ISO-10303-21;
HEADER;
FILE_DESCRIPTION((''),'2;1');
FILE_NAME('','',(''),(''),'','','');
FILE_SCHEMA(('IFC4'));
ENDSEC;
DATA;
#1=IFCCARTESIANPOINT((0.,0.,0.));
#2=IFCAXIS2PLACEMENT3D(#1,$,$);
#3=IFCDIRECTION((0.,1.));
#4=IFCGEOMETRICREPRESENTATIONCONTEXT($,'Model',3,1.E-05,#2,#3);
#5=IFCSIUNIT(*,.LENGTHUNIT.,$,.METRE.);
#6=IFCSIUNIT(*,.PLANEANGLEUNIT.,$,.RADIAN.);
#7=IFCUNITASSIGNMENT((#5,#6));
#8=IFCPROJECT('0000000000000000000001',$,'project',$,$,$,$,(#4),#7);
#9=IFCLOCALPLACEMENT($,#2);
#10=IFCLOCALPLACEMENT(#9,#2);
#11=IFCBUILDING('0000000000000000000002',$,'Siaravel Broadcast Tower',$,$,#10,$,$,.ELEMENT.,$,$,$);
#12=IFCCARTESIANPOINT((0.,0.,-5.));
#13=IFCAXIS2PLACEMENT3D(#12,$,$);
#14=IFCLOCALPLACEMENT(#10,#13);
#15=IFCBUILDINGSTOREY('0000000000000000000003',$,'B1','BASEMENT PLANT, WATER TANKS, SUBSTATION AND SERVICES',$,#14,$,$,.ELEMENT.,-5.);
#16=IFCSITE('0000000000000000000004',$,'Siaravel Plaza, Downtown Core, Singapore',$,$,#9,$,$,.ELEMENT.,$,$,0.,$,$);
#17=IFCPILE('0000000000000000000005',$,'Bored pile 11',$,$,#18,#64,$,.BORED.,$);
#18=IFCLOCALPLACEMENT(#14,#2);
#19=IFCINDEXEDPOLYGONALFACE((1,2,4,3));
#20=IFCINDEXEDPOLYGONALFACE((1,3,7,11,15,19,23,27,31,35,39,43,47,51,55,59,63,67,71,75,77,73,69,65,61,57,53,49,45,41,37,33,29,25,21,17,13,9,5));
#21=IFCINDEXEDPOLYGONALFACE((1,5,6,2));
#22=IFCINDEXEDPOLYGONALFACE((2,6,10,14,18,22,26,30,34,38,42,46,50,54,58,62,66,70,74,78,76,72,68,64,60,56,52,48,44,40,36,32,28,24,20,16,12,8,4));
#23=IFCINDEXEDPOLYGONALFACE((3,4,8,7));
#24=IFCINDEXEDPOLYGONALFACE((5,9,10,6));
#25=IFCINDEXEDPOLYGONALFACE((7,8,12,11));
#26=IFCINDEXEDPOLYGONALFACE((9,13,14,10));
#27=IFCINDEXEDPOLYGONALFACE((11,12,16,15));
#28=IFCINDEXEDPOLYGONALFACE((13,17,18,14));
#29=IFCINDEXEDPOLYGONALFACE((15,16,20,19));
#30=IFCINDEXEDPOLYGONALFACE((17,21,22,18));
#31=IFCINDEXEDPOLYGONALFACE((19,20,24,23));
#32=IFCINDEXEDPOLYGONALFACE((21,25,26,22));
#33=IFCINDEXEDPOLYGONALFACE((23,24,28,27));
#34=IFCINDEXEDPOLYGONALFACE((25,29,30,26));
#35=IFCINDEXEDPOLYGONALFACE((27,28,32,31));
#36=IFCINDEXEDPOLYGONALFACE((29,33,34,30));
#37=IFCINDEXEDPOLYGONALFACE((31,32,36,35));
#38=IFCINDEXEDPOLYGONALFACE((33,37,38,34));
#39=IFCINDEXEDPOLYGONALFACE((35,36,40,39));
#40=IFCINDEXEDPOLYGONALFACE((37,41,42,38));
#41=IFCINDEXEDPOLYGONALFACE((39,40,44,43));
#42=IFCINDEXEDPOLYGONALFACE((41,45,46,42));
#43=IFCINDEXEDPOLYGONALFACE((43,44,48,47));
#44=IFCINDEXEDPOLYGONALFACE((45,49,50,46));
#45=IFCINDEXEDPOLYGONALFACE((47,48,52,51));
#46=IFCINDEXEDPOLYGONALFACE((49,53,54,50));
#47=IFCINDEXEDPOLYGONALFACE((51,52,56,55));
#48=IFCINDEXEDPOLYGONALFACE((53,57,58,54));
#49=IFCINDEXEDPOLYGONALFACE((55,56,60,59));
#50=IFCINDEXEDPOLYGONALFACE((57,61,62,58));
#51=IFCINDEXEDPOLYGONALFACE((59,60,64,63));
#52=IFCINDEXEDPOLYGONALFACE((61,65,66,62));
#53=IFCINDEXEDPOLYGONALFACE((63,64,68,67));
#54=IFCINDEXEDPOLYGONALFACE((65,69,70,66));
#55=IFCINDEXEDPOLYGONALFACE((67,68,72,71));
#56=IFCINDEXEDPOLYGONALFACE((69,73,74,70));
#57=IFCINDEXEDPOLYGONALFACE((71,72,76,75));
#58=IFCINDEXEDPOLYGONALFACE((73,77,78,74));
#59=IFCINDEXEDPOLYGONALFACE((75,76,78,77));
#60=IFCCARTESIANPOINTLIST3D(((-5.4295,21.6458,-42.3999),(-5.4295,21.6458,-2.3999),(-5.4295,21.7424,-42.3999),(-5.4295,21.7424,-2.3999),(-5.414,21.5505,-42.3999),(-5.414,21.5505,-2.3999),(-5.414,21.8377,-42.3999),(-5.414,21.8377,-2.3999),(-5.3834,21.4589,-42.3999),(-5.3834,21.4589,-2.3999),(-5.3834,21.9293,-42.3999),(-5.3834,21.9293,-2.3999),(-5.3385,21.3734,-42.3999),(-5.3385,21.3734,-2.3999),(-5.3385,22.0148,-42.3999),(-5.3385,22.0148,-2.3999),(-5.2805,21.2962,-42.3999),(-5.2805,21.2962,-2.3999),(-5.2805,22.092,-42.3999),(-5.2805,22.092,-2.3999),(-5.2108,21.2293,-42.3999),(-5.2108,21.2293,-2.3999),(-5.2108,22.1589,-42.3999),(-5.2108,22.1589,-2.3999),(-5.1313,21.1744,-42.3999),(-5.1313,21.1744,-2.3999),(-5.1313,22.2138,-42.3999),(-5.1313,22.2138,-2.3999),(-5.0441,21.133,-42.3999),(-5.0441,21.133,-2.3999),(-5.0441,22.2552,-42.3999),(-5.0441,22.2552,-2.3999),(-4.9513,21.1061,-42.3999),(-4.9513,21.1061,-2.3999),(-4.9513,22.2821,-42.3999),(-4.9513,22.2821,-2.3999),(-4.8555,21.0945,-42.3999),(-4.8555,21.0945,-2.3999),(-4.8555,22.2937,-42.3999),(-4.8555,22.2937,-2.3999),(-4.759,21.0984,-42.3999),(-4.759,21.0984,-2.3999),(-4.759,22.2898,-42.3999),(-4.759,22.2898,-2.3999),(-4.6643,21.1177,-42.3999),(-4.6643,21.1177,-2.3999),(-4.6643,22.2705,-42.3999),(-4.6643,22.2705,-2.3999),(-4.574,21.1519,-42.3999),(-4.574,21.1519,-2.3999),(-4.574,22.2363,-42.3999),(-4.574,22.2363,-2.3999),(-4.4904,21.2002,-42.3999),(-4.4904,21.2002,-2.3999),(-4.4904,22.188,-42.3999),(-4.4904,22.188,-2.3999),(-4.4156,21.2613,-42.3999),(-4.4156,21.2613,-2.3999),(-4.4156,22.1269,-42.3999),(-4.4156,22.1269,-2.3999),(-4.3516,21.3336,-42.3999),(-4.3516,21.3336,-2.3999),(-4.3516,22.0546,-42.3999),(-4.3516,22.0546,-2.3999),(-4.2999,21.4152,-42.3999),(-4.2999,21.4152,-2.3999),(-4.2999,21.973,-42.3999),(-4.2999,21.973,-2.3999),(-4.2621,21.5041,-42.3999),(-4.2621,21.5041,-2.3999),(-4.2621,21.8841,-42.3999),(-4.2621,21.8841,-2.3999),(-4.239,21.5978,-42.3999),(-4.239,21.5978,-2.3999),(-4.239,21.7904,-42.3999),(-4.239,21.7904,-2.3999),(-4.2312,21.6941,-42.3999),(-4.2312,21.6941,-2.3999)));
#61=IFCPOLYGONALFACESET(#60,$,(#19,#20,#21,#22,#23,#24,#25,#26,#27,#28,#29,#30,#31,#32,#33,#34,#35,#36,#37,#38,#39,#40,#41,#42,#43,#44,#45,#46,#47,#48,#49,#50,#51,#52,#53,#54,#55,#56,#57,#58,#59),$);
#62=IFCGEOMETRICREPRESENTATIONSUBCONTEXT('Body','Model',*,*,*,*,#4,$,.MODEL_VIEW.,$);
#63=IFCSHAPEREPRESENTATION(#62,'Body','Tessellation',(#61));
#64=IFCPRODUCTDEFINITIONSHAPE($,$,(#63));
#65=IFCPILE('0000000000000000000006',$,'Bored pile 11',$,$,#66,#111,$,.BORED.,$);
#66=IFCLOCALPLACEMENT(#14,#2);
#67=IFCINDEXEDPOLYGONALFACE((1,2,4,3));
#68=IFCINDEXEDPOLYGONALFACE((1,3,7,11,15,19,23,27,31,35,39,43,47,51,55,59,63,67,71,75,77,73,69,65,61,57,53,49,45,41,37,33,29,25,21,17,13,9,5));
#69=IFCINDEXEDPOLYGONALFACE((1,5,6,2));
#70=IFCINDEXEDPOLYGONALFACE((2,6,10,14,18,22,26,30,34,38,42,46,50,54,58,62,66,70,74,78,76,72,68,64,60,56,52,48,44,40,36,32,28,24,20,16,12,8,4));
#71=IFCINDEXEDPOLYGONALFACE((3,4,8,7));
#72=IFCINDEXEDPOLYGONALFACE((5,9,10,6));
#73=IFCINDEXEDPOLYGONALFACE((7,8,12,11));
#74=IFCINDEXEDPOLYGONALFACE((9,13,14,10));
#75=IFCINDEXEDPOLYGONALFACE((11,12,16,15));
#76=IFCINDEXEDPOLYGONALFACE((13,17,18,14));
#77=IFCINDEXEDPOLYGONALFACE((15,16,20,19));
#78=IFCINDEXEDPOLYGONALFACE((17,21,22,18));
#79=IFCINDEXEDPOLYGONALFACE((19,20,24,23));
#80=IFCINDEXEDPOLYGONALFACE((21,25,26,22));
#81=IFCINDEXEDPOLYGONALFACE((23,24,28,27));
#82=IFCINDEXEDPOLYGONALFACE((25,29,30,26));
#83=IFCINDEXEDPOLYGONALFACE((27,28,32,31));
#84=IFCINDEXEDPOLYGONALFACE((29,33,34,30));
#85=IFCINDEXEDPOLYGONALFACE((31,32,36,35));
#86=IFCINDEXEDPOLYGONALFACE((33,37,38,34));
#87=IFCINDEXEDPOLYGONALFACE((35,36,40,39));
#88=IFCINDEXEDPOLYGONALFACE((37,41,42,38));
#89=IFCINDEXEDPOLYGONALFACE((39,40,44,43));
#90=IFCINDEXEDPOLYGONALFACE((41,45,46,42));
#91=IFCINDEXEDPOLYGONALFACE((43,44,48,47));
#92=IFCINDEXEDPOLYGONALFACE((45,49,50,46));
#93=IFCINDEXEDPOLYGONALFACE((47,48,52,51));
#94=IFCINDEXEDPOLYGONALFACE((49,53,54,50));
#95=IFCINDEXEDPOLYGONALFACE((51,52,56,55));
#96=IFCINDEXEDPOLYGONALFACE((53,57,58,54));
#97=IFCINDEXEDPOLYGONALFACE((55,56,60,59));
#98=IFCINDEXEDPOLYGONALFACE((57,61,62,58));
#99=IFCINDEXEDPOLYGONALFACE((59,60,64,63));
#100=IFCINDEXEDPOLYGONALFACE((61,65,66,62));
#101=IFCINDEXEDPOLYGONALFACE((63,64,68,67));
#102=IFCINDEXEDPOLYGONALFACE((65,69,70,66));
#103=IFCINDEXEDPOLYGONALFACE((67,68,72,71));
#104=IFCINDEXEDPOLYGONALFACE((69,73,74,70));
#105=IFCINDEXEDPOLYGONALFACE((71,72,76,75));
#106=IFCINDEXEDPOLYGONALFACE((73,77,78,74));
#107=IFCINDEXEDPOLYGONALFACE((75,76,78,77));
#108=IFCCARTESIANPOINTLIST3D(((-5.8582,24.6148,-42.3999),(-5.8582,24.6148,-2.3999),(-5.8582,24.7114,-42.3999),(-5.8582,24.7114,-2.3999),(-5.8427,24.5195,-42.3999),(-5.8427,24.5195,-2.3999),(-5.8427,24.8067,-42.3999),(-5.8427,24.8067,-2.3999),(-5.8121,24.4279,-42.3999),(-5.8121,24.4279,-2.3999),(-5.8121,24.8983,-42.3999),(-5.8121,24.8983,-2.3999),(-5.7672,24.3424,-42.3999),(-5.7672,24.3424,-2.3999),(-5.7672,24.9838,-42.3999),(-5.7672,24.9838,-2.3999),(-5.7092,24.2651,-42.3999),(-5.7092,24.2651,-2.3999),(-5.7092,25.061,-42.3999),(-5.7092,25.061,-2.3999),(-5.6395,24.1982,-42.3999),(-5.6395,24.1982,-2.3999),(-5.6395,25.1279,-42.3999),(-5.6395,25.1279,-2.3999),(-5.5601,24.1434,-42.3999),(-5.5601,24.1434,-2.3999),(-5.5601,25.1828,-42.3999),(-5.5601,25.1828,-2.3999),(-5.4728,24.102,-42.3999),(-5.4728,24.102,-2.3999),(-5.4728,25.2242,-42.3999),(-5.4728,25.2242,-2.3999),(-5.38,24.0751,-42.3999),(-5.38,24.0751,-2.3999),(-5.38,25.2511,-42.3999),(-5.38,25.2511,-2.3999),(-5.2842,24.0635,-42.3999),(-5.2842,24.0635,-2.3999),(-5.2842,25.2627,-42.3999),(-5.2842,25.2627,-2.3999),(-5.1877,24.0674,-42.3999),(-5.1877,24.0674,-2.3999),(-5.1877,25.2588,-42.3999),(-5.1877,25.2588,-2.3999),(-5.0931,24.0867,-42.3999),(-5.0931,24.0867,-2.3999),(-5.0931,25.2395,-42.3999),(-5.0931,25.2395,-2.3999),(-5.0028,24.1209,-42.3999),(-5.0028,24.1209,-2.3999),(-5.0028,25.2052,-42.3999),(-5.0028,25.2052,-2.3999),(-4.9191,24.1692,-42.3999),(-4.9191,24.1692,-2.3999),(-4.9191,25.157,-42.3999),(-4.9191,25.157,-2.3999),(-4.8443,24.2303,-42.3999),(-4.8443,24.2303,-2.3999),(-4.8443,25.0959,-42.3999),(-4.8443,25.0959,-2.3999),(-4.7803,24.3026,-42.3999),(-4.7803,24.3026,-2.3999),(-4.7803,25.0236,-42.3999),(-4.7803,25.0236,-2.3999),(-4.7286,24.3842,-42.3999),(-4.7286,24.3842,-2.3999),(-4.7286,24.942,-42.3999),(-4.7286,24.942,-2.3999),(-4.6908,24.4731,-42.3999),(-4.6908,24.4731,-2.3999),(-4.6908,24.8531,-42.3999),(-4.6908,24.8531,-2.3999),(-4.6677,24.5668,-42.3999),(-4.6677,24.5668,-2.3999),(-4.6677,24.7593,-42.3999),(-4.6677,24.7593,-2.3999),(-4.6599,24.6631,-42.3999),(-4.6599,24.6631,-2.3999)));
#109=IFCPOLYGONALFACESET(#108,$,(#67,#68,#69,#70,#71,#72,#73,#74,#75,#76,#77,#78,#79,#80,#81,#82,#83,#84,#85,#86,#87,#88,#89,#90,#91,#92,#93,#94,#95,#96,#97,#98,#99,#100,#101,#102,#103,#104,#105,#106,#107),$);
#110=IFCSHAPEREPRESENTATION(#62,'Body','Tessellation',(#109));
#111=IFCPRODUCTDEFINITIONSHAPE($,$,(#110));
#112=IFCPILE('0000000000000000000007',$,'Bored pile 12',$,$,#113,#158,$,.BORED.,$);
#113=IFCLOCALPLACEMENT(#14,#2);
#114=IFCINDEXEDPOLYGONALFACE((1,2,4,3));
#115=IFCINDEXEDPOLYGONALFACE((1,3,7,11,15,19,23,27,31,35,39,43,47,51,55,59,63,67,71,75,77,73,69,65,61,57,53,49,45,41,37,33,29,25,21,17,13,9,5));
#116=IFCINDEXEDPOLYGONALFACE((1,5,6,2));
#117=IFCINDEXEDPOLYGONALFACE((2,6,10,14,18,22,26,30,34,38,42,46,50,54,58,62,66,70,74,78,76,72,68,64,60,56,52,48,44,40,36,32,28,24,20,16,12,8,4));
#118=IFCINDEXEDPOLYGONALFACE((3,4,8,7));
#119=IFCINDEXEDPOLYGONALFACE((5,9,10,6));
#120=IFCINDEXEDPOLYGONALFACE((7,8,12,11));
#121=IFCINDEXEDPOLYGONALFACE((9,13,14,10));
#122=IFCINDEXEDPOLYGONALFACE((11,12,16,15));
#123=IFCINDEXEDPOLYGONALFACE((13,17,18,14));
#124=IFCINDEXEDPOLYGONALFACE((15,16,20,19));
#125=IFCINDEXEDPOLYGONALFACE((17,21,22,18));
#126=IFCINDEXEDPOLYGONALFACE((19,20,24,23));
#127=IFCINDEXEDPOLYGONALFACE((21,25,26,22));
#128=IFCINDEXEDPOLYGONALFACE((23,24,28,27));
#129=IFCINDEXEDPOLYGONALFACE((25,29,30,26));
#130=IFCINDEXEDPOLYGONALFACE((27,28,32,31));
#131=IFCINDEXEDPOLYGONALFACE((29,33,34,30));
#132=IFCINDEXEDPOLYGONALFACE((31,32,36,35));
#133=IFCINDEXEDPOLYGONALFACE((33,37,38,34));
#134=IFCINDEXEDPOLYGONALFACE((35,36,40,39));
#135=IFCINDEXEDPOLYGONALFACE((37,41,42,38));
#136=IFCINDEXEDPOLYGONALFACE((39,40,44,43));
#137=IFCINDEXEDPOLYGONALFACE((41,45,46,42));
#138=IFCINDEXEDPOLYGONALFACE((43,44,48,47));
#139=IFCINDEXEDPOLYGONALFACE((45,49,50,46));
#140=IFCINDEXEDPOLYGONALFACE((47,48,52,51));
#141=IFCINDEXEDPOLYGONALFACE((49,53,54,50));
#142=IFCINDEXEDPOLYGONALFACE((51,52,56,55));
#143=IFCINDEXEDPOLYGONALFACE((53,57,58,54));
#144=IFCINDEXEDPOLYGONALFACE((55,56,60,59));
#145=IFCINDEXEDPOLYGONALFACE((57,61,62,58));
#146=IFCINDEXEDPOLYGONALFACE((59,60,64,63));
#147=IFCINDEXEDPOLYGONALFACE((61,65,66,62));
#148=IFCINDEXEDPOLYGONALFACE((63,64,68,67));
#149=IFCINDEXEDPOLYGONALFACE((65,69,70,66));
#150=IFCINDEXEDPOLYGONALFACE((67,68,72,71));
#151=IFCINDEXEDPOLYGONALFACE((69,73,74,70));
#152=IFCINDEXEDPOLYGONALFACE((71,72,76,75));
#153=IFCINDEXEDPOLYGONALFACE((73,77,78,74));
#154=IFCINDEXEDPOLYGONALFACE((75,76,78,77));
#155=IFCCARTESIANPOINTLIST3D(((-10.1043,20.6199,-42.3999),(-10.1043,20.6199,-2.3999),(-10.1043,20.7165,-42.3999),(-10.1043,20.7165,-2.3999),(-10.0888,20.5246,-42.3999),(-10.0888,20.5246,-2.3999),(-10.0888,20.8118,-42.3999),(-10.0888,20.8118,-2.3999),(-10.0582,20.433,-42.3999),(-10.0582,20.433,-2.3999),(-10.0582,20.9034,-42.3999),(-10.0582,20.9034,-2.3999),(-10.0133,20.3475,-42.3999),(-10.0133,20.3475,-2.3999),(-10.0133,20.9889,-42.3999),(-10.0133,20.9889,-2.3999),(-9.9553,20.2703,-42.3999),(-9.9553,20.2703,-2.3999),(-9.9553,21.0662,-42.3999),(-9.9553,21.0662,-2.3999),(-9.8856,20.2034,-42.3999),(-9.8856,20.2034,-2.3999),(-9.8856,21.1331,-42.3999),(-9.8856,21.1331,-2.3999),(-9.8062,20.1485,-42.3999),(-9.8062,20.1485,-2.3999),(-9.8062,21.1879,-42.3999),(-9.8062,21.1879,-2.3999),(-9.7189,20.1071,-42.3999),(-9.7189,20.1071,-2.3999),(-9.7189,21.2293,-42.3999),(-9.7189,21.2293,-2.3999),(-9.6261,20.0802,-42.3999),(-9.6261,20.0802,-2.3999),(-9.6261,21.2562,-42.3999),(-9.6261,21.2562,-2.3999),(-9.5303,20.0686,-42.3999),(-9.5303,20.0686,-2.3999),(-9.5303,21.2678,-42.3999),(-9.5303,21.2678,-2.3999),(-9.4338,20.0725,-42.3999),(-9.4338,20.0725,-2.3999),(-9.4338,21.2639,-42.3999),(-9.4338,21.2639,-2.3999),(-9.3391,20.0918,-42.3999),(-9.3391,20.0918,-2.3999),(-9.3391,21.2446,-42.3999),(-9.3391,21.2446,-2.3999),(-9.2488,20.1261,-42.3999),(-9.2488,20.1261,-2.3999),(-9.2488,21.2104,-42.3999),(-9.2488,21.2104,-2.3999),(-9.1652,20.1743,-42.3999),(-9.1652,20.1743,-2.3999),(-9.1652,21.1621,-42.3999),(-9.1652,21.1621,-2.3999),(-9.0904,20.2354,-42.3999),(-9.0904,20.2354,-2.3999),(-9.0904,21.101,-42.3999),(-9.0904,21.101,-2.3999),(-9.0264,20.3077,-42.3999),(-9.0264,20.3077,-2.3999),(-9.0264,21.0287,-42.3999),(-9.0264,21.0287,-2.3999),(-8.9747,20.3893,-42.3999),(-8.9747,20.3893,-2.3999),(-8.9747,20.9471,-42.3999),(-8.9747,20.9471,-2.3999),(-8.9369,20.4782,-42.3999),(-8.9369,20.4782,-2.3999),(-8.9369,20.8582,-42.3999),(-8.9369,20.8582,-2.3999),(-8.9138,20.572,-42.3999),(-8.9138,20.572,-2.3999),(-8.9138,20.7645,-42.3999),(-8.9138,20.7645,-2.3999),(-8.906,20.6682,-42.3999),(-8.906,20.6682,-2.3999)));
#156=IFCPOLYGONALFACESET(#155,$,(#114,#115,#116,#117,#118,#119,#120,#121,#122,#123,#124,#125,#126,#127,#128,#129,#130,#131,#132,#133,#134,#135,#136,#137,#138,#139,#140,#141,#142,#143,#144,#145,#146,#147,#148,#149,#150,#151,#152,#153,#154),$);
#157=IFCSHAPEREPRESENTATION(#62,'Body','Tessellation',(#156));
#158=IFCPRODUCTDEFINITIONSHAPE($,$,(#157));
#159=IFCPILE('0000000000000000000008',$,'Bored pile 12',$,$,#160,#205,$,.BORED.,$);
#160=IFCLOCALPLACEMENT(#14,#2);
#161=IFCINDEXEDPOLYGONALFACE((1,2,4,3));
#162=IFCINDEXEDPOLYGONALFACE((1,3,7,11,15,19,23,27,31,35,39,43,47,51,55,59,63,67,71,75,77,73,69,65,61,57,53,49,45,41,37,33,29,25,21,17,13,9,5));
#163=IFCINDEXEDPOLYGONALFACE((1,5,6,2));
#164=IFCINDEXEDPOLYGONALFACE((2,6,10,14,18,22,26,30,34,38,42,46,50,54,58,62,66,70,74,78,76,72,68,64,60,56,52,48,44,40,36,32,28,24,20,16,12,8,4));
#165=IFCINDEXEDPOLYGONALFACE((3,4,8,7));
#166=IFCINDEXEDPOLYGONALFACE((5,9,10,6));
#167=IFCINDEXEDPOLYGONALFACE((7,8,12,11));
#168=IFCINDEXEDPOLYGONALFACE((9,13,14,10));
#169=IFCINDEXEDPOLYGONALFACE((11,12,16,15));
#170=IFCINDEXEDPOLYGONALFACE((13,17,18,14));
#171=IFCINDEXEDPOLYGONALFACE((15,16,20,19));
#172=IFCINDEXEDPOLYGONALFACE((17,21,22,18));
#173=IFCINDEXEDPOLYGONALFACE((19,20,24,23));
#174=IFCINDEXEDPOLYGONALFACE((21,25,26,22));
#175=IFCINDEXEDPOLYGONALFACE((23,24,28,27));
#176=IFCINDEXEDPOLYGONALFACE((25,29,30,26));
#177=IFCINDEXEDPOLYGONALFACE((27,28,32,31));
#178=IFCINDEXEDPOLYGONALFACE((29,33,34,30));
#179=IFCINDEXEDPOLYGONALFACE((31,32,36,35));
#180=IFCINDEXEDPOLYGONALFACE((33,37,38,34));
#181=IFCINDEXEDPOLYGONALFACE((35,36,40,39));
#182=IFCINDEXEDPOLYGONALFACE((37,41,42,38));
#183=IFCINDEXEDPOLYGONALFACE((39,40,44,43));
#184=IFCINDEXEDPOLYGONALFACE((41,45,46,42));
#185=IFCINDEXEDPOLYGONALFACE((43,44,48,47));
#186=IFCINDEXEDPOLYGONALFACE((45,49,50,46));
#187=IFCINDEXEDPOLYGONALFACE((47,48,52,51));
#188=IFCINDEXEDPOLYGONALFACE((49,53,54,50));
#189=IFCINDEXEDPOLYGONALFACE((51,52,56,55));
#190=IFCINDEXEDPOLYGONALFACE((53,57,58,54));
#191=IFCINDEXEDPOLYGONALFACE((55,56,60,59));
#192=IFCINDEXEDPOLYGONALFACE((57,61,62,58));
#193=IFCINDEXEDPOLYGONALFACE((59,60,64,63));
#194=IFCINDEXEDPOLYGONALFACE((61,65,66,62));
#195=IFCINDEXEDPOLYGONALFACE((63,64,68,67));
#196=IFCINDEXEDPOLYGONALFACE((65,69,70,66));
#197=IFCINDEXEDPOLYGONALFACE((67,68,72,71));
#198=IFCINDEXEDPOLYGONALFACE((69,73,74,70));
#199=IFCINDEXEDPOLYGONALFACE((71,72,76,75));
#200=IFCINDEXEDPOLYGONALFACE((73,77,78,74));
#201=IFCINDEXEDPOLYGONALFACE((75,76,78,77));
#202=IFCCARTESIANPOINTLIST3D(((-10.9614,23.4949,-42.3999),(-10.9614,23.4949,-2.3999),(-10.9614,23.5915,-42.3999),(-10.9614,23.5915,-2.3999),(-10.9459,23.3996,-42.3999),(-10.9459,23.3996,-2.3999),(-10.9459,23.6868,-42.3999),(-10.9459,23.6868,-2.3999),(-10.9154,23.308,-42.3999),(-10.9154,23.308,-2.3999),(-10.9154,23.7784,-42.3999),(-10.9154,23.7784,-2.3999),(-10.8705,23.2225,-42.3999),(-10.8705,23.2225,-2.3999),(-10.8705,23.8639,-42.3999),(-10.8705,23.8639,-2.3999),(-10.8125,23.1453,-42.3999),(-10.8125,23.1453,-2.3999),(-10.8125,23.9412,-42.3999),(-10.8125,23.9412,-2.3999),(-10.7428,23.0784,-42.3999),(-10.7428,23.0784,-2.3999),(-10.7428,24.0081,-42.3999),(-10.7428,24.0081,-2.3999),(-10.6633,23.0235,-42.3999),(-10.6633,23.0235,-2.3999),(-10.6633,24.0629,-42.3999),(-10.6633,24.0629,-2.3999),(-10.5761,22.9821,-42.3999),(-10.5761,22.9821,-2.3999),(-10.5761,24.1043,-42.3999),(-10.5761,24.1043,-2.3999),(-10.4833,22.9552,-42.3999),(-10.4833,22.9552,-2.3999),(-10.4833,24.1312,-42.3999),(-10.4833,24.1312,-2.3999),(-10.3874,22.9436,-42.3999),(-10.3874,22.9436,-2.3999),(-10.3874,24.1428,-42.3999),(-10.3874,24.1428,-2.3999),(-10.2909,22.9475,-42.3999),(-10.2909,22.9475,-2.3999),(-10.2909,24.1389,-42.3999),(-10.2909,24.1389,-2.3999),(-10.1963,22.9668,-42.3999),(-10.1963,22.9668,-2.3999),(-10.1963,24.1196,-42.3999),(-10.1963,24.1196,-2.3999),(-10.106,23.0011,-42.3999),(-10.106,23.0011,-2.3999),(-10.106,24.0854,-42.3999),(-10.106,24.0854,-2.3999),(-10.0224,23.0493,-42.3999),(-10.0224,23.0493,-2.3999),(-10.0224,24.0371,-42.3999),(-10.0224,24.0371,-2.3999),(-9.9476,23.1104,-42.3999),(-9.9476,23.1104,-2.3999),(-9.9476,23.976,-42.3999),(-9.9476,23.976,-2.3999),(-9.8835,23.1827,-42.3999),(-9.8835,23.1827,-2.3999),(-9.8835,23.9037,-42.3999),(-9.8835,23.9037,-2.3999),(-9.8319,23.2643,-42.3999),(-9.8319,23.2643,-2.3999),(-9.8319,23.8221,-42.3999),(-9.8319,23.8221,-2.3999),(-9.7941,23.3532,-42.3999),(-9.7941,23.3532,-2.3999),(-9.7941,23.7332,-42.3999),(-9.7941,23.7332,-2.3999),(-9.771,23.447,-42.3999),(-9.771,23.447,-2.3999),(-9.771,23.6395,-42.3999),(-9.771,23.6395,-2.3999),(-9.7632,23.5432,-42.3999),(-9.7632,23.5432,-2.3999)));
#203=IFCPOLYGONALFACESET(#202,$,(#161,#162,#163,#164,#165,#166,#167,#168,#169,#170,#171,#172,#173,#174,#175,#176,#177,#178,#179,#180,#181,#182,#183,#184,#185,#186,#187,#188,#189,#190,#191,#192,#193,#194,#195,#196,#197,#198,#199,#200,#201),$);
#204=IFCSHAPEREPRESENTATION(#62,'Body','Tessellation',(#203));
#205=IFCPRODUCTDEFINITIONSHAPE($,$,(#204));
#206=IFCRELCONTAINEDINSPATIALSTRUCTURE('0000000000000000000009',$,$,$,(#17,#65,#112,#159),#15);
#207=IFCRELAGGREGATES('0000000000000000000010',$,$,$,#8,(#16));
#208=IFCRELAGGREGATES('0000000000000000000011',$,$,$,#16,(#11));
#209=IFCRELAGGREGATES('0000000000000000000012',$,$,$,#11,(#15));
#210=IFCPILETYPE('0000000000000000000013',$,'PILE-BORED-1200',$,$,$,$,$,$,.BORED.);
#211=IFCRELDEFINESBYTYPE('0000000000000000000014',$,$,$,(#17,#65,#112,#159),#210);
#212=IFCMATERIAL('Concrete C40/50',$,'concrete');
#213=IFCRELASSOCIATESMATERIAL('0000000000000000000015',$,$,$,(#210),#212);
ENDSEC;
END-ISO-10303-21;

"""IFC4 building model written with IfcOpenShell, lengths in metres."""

from ifc_helpers import new_model, si_unit, direction, frame, origin, origin_2d, place, context, subcontext, project, spatial, circle, extrude, material, material_profile, profile_set, type_object, element, save


model = new_model("IFC4")

# Units and contexts
model_context = context("Model", 3, precision=1e-05, world=origin(), true_north=direction((0.0, 1.0)))
body_context = subcontext(model_context, "Body", "Model", "MODEL_VIEW")
ifc_project = project(units=[si_unit("LENGTHUNIT", "METRE"), si_unit("PLANEANGLEUNIT", "RADIAN")], contexts=[model_context])

# Site, building, storey
site_placement = place(None, origin())
site = spatial("IfcSite", under=ifc_project, at=site_placement, Name="Siaravel Plaza, Downtown Core, Singapore", CompositionType="ELEMENT", RefElevation=0.0)
building_placement = place(site_placement, origin())
building = spatial("IfcBuilding", under=site, at=building_placement, Name="Siaravel Broadcast Tower", CompositionType="ELEMENT")
storey_placement = place(building_placement, frame((0.0, 0.0, -5.0)))
storey = spatial("IfcBuildingStorey", under=building, at=storey_placement, Name="B1", Description="BASEMENT PLANT, WATER TANKS, SUBSTATION AND SERVICES", CompositionType="ELEMENT", Elevation=-5.0)

# Shared definitions
ifc_material_1 = material(Name="Concrete C40/50", Category="concrete")

# Piles
ifc_material_profile_1 = material_profile(ifc_material_1, circle(Radius=0.6001, at=origin_2d()))
ifc_profile_set_1 = profile_set([ifc_material_profile_1], Name="Concrete C40/50")
pile_type_1 = type_object("IfcPileType", Name="PILE-BORED-1200", PredefinedType="BORED", material=ifc_profile_set_1)
for number, where, z_axis, x_axis, name in (
    (1, (-4.8313, 21.6941, -2.3999), (0.0, 0.0, -1.0), (1.0, 0.0, 0.0), "Bored pile 11"),
    (2, (-5.26, 24.6631, -2.3999), (0.0, 0.0, -1.0), (1.0, 0.0, 0.0), "Bored pile 11"),
    (3, (-9.5061, 20.6682, -2.3999), (0.0, 0.0, -1.0), (1.0, 0.0, 0.0), "Bored pile 12"),
    (4, (-10.3633, 23.5432, -2.3999), (0.0, 0.0, -1.0), (1.0, 0.0, 0.0), "Bored pile 12"),
):
    element("IfcPile", number, at=place(storey_placement, frame(where, z_axis=z_axis, x_axis=x_axis)), inside=storey, type_object=pile_type_1, Name=name, PredefinedType="BORED", context=body_context, shape_type="SweptSolid", body=[
        extrude(circle(Radius=0.6001, at=origin_2d()), origin(), (0.0, 0.0, 1.0), 40.0),
    ])

save(model, "model.ifc")
